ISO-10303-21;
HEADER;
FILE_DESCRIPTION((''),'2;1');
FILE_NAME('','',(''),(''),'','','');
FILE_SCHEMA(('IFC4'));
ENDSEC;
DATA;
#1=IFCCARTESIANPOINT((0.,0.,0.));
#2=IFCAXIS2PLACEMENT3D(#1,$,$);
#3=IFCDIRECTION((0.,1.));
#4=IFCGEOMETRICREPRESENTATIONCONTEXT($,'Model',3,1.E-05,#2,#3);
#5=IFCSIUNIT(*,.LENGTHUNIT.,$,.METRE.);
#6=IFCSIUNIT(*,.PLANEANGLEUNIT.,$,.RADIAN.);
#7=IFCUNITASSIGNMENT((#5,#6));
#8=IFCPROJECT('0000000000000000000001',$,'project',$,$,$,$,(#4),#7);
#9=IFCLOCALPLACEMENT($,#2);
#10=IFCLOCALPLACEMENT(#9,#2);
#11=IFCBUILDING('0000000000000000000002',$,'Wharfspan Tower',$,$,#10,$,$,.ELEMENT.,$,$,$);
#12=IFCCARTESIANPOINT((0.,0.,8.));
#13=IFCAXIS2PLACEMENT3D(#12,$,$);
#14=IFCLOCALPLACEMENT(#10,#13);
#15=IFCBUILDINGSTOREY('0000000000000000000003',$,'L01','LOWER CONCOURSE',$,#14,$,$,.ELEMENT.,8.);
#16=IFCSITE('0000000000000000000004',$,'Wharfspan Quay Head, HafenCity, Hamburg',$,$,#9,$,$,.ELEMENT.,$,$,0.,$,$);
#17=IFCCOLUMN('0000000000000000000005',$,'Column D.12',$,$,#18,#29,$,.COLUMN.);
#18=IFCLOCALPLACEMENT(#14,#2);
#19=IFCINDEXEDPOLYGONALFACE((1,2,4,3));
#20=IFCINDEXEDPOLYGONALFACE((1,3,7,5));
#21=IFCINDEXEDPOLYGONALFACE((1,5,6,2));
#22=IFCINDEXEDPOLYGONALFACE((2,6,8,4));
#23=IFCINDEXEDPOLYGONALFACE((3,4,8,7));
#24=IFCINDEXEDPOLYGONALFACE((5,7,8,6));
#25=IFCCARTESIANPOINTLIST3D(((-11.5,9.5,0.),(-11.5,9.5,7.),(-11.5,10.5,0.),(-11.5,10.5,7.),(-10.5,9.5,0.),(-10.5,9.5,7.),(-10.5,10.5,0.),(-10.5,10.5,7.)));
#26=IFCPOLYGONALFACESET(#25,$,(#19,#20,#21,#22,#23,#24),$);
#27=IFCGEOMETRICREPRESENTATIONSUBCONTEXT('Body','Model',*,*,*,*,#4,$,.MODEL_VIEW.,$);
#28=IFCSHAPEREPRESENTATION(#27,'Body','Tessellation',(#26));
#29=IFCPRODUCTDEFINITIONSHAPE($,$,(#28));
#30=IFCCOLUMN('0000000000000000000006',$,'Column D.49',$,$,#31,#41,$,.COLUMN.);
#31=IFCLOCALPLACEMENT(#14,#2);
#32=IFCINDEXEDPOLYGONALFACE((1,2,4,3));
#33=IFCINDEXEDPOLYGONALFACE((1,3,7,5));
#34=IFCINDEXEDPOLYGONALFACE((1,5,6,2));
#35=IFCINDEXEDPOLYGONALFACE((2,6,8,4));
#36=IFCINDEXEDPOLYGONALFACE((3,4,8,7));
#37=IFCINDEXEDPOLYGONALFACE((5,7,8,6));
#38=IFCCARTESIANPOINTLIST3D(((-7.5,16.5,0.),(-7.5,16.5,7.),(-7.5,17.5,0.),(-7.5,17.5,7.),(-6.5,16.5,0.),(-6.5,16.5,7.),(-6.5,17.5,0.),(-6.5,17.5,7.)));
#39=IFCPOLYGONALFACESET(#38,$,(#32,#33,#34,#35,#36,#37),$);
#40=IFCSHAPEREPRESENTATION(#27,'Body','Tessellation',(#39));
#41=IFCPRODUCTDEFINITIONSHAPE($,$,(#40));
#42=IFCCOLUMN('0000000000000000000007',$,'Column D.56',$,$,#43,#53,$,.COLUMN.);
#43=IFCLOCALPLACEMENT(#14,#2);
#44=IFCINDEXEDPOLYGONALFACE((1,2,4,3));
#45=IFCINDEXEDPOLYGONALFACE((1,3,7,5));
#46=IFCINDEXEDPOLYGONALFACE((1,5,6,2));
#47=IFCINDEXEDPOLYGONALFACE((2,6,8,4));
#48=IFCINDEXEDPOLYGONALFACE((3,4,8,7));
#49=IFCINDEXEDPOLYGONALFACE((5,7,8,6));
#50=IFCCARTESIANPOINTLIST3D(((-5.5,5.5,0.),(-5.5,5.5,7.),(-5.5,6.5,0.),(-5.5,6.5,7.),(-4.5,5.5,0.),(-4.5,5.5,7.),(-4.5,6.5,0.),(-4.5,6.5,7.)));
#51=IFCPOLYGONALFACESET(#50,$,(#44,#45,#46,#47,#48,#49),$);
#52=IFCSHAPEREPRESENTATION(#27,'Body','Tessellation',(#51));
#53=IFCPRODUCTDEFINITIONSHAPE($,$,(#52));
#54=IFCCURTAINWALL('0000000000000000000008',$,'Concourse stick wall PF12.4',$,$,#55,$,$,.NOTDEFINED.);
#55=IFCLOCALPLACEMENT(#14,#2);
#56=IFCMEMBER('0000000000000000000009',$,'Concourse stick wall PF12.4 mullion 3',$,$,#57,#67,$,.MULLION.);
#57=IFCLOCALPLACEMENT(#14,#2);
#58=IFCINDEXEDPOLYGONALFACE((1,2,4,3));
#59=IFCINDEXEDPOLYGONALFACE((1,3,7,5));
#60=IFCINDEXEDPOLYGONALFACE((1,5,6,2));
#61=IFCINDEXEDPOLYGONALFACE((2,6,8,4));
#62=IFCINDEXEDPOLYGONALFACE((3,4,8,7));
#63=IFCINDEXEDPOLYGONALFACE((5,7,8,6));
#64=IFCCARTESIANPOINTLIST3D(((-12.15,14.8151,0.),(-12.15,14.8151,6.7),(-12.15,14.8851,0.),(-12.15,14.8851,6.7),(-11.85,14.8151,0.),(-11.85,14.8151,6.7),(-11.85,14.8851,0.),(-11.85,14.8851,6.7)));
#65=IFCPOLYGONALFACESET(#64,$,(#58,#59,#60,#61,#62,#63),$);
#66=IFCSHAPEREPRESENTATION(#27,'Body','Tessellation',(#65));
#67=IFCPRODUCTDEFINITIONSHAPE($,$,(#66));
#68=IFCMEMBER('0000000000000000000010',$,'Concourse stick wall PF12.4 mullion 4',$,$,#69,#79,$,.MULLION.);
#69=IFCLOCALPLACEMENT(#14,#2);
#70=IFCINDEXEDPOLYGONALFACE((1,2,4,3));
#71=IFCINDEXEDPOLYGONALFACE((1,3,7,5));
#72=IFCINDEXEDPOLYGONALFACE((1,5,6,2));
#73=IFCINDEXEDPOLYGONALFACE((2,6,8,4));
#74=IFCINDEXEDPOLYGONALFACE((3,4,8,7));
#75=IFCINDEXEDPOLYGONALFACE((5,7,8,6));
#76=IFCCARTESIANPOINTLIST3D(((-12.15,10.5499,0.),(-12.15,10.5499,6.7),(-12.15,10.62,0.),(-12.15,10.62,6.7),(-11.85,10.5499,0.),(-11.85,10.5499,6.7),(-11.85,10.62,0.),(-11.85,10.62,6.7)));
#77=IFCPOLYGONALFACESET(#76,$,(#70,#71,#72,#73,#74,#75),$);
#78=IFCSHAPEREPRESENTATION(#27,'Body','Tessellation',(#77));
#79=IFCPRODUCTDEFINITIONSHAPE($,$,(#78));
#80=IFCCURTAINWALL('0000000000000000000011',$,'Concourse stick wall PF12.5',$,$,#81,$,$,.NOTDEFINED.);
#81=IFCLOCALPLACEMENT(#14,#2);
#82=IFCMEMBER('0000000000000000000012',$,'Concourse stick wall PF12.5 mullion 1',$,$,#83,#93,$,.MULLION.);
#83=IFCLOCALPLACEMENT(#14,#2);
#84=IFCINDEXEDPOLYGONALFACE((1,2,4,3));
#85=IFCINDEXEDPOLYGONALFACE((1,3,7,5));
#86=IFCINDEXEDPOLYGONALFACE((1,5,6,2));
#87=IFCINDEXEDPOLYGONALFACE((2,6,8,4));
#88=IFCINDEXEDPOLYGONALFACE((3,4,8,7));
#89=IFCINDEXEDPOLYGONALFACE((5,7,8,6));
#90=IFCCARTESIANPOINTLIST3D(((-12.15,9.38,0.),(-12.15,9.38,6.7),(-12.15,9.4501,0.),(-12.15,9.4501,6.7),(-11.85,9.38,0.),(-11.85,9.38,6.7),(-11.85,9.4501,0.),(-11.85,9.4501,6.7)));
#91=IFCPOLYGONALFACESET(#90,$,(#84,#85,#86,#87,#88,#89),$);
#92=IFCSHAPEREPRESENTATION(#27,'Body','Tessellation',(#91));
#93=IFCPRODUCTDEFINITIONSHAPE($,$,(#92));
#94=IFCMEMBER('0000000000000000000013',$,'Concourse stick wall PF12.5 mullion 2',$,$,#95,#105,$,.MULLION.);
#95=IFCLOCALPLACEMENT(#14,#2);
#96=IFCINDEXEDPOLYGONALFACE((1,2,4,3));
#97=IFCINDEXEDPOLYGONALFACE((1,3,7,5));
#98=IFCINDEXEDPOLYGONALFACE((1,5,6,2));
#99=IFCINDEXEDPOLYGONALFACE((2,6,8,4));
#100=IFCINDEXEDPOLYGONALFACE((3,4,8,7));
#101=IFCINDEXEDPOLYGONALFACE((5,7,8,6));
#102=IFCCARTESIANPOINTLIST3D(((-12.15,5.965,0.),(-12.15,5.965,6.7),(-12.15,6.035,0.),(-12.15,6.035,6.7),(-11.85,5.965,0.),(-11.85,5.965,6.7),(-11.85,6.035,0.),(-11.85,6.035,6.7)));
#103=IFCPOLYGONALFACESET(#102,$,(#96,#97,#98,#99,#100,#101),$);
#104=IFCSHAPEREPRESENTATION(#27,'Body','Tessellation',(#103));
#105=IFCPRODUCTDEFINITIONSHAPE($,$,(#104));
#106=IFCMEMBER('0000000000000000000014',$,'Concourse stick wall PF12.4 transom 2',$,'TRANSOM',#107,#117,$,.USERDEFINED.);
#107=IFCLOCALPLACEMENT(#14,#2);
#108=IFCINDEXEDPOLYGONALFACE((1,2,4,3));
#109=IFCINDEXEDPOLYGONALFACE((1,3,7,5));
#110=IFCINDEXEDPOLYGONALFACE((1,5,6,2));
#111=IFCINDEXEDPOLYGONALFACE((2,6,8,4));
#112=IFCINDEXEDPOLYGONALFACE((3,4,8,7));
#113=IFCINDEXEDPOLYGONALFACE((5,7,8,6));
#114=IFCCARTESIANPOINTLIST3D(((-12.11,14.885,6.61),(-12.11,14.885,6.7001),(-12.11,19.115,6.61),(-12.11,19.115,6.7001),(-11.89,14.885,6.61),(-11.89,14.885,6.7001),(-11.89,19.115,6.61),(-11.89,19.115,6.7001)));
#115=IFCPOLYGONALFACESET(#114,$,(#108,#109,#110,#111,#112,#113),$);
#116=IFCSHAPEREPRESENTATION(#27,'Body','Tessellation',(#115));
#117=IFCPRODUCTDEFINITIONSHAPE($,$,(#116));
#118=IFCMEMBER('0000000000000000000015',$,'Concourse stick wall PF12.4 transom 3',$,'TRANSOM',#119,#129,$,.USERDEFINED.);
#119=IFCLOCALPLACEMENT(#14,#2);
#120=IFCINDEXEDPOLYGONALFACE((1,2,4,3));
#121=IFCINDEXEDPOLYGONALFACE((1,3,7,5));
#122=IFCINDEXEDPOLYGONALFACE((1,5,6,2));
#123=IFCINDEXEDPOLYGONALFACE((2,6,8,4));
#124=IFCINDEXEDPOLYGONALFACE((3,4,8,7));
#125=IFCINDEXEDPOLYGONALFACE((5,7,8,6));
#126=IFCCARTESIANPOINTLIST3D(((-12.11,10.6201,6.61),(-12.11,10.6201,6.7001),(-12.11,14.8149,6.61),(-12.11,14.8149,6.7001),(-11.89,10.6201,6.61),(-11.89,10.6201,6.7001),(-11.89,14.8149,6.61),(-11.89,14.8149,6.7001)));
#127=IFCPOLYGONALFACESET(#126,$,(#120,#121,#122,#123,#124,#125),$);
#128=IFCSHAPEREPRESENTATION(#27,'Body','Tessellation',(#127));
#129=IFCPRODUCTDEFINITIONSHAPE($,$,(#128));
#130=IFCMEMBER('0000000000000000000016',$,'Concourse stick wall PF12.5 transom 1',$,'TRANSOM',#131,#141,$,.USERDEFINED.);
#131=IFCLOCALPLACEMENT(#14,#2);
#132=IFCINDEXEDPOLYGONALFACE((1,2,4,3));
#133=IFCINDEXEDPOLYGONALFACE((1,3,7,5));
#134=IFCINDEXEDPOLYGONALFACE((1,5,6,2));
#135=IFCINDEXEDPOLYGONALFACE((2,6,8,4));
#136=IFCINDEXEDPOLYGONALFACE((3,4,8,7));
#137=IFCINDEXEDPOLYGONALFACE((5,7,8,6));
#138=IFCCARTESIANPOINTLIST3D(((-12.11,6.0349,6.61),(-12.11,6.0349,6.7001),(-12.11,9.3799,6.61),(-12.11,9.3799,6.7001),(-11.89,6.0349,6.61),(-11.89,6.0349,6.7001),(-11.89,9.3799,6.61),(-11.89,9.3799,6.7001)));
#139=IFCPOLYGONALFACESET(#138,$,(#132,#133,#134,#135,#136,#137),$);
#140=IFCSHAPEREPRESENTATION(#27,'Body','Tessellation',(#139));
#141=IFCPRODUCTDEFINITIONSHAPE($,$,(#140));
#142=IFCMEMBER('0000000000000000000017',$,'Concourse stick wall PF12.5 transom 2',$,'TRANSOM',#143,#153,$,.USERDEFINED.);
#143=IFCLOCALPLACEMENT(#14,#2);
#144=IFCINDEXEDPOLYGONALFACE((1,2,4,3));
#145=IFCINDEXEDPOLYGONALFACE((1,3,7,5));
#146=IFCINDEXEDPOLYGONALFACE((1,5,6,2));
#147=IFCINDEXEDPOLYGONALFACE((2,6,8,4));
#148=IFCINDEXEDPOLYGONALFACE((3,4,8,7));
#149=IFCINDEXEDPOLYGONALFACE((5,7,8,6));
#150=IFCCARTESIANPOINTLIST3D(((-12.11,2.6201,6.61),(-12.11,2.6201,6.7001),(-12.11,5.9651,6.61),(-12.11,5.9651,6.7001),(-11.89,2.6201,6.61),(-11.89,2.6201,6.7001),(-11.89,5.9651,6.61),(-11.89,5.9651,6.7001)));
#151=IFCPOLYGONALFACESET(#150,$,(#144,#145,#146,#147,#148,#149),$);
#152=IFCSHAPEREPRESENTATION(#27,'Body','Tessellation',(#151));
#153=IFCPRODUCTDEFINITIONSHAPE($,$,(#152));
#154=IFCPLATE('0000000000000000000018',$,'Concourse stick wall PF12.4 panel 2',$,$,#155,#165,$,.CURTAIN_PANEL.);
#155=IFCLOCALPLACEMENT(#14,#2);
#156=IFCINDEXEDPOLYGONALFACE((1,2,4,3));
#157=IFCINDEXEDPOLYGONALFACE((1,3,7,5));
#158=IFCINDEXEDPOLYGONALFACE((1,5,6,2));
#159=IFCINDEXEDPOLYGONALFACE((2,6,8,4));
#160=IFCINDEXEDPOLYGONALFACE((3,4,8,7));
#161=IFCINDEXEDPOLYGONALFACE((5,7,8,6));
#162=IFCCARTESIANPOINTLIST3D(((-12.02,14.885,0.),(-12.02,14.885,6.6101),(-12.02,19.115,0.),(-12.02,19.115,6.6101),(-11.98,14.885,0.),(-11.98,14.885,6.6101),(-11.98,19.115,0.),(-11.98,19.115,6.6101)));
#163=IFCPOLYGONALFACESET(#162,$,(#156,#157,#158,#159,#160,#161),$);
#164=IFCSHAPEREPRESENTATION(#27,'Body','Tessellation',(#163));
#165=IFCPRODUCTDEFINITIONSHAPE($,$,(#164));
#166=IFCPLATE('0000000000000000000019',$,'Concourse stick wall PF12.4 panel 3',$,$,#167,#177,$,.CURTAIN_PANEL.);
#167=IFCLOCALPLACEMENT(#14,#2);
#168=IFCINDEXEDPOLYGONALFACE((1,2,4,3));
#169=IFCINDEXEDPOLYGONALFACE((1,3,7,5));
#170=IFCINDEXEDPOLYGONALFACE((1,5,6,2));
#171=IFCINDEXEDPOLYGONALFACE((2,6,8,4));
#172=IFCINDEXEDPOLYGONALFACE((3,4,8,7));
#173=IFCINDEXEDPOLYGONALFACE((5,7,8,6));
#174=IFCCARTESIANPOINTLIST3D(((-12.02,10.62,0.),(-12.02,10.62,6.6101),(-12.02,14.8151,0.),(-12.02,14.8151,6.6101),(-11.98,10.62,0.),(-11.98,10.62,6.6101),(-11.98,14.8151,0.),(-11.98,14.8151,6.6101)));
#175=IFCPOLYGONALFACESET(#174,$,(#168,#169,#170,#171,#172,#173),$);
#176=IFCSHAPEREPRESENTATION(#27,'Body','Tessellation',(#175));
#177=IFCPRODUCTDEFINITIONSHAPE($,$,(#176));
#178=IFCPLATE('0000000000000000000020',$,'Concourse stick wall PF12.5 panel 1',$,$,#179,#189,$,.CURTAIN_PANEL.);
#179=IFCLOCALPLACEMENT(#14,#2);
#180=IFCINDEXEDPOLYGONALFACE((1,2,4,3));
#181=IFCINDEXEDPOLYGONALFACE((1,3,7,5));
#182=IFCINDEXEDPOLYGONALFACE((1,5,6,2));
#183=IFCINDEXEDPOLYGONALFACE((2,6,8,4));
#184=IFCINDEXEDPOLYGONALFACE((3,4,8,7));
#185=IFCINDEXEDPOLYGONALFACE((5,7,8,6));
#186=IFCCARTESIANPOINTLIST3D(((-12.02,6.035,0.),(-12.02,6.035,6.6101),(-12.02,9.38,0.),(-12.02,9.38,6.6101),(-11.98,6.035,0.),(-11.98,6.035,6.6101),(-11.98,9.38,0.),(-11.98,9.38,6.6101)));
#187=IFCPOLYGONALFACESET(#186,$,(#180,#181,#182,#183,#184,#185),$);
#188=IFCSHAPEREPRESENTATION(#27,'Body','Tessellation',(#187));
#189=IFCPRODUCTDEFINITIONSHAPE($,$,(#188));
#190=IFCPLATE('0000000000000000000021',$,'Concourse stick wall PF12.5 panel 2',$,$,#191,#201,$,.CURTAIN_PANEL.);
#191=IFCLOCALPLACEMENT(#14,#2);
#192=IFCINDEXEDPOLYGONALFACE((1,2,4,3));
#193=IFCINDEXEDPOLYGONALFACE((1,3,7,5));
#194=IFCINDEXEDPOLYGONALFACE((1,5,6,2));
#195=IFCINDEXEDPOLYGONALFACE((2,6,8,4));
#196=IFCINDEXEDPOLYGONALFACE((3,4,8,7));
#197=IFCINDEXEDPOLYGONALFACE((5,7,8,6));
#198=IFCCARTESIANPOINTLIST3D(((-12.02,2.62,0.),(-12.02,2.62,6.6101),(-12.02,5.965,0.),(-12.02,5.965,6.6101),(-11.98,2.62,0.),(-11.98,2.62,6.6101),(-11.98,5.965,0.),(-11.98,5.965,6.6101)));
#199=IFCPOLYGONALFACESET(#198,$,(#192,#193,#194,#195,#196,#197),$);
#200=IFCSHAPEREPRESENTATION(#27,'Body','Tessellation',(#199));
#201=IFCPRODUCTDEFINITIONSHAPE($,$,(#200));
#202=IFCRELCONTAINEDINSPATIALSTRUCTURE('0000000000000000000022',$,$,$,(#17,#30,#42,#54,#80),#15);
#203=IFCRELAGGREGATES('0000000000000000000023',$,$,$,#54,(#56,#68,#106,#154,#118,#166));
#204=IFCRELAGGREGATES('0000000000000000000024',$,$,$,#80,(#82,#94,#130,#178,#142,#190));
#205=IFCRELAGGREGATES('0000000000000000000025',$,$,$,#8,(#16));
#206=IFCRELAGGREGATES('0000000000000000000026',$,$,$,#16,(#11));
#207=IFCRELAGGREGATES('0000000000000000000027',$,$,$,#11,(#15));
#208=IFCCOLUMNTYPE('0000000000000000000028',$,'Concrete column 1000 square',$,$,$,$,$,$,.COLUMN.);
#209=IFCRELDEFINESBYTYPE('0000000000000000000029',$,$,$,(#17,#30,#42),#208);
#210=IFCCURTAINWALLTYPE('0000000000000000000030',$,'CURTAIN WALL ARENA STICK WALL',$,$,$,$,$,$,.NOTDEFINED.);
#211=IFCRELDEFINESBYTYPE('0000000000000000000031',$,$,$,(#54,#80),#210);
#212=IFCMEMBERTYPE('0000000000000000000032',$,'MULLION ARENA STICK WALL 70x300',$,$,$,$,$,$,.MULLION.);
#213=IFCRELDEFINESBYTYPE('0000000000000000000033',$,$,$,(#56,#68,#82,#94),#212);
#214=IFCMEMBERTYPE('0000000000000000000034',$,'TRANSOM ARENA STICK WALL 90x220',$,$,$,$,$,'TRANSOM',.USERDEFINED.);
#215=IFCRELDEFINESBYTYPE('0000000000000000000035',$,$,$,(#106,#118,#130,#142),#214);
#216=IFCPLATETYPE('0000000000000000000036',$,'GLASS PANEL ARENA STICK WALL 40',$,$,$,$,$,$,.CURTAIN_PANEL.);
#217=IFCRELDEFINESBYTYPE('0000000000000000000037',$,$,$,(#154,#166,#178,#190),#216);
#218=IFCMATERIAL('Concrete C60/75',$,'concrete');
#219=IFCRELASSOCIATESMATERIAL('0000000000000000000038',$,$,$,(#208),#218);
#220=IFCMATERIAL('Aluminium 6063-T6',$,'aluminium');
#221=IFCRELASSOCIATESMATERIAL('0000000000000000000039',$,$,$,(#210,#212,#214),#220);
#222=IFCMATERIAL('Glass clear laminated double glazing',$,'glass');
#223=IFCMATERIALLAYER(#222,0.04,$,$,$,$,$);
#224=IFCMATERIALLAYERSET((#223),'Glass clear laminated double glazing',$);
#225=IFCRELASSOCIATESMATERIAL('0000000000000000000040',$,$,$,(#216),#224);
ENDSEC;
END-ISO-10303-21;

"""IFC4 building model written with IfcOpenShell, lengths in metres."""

from ifc_helpers import new_model, si_unit, direction, frame, origin, origin_2d, place, context, subcontext, project, spatial, rectangle, extrude, material, layer, layer_set, material_profile, profile_set, type_object, element, aggregate, save


model = new_model("IFC4")

# Units and contexts
model_context = context("Model", 3, precision=1e-05, world=origin(), true_north=direction((0.0, 1.0)))
body_context = subcontext(model_context, "Body", "Model", "MODEL_VIEW")
ifc_project = project(units=[si_unit("LENGTHUNIT", "METRE"), si_unit("PLANEANGLEUNIT", "RADIAN")], contexts=[model_context])

# Site, building, storey
site_placement = place(None, origin())
site = spatial("IfcSite", under=ifc_project, at=site_placement, Name="Wharfspan Quay Head, HafenCity, Hamburg", CompositionType="ELEMENT", RefElevation=0.0)
building_placement = place(site_placement, origin())
building = spatial("IfcBuilding", under=site, at=building_placement, Name="Wharfspan Tower", CompositionType="ELEMENT")
storey_placement = place(building_placement, frame((0.0, 0.0, 8.0)))
storey = spatial("IfcBuildingStorey", under=building, at=storey_placement, Name="L01", Description="LOWER CONCOURSE", CompositionType="ELEMENT", Elevation=8.0)

# Columns
ifc_material_1 = material(Name="Concrete C60/75", Category="concrete")
ifc_material_profile_1 = material_profile(ifc_material_1, rectangle(XDim=1.0, YDim=1.0, at=origin_2d()))
ifc_profile_set_1 = profile_set([ifc_material_profile_1], Name="Concrete C60/75")
column_type = type_object("IfcColumnType", Name="Concrete column 1000 square", PredefinedType="COLUMN", material=ifc_profile_set_1)
for number, where, z_axis, x_axis, name in (
    (1, (-11.0, 10.0, 0.0), (0.0, 0.0, 1.0), (1.0, 0.0, 0.0), "Column D.12"),
    (2, (-7.0, 17.0, 0.0), (0.0, 0.0, 1.0), (1.0, 0.0, 0.0), "Column D.49"),
    (3, (-5.0, 6.0, 0.0), (0.0, 0.0, 1.0), (1.0, 0.0, 0.0), "Column D.56"),
):
    element("IfcColumn", number, at=place(storey_placement, frame(where, z_axis=z_axis, x_axis=x_axis)), inside=storey, type_object=column_type, Name=name, PredefinedType="COLUMN", context=body_context, shape_type="SweptSolid", body=[
        extrude(rectangle(XDim=1.0, YDim=1.0, at=origin_2d()), origin(), (0.0, 0.0, 1.0), 7.0),
    ])

# Curtain walls, members
ifc_material_2 = material(Name="Aluminium 6063-T6", Category="aluminium")
curtain_wall_type = type_object("IfcCurtainWallType", Name="CURTAIN WALL ARENA STICK WALL", PredefinedType="NOTDEFINED", material=ifc_material_2)
curtain_wall_1_placement = place(storey_placement, origin())
curtain_wall_1 = element("IfcCurtainWall", 4, at=curtain_wall_1_placement, inside=storey, type_object=curtain_wall_type, Name="Concourse stick wall PF12.4", PredefinedType="NOTDEFINED")
ifc_material_profile_2 = material_profile(ifc_material_2, rectangle(XDim=0.3, YDim=0.0701, at=origin_2d()))
ifc_profile_set_2 = profile_set([ifc_material_profile_2], Name="Aluminium 6063-T6")
member_type_1 = type_object("IfcMemberType", Name="MULLION ARENA STICK WALL 70x300", PredefinedType="MULLION", material=ifc_profile_set_2)
member_1_placement = place(storey_placement, frame((-12.0, 14.8501, 0.0), z_axis=(0.0, 0.0, 1.0), x_axis=(1.0, 0.0, 0.0)))
member_1 = element("IfcMember", 5, at=member_1_placement, type_object=member_type_1, Name="Concourse stick wall PF12.4 mullion 3", PredefinedType="MULLION", context=body_context, shape_type="SweptSolid", body=[
    extrude(rectangle(XDim=0.3, YDim=0.0701, at=origin_2d()), origin(), (0.0, 0.0, 1.0), 6.7),
])
member_2_placement = place(storey_placement, frame((-12.0, 10.585, 0.0), z_axis=(0.0, 0.0, 1.0), x_axis=(1.0, 0.0, 0.0)))
member_2 = element("IfcMember", 6, at=member_2_placement, type_object=member_type_1, Name="Concourse stick wall PF12.4 mullion 4", PredefinedType="MULLION", context=body_context, shape_type="SweptSolid", body=[
    extrude(rectangle(XDim=0.3, YDim=0.0701, at=origin_2d()), origin(), (0.0, 0.0, 1.0), 6.7),
])
curtain_wall_2_placement = place(storey_placement, origin())
curtain_wall_2 = element("IfcCurtainWall", 7, at=curtain_wall_2_placement, inside=storey, type_object=curtain_wall_type, Name="Concourse stick wall PF12.5", PredefinedType="NOTDEFINED")
member_3_placement = place(storey_placement, frame((-12.0, 9.415, 0.0), z_axis=(0.0, 0.0, 1.0), x_axis=(1.0, 0.0, 0.0)))
member_3 = element("IfcMember", 8, at=member_3_placement, type_object=member_type_1, Name="Concourse stick wall PF12.5 mullion 1", PredefinedType="MULLION", context=body_context, shape_type="SweptSolid", body=[
    extrude(rectangle(XDim=0.3, YDim=0.0701, at=origin_2d()), origin(), (0.0, 0.0, 1.0), 6.7),
])
member_4_placement = place(storey_placement, frame((-12.0, 6.0, 0.0), z_axis=(0.0, 0.0, 1.0), x_axis=(1.0, 0.0, 0.0)))
member_4 = element("IfcMember", 9, at=member_4_placement, type_object=member_type_1, Name="Concourse stick wall PF12.5 mullion 2", PredefinedType="MULLION", context=body_context, shape_type="SweptSolid", body=[
    extrude(rectangle(XDim=0.3, YDim=0.0701, at=origin_2d()), origin(), (0.0, 0.0, 1.0), 6.7),
])

# Members
ifc_material_profile_3 = material_profile(ifc_material_2, rectangle(XDim=0.22, YDim=0.0901, at=origin_2d()))
ifc_profile_set_3 = profile_set([ifc_material_profile_3], Name="Aluminium 6063-T6")
member_type_2 = type_object("IfcMemberType", Name="TRANSOM ARENA STICK WALL 90x220", ElementType="TRANSOM", PredefinedType="USERDEFINED", material=ifc_profile_set_3)
member_5_placement = place(storey_placement, frame((-12.0, 19.115, 6.655), z_axis=(0.0, -1.0, 0.0), x_axis=(1.0, 0.0, 0.0)))
member_5 = element("IfcMember", 10, at=member_5_placement, type_object=member_type_2, Name="Concourse stick wall PF12.4 transom 2", ObjectType="TRANSOM", PredefinedType="USERDEFINED", context=body_context, shape_type="SweptSolid", body=[
    extrude(rectangle(XDim=0.22, YDim=0.0901, at=origin_2d()), origin(), (0.0, 0.0, 1.0), 4.23),
])
member_6_placement = place(storey_placement, frame((-12.0, 14.8149, 6.655), z_axis=(0.0, -1.0, 0.0), x_axis=(1.0, 0.0, 0.0)))
member_6 = element("IfcMember", 11, at=member_6_placement, type_object=member_type_2, Name="Concourse stick wall PF12.4 transom 3", ObjectType="TRANSOM", PredefinedType="USERDEFINED", context=body_context, shape_type="SweptSolid", body=[
    extrude(rectangle(XDim=0.22, YDim=0.0901, at=origin_2d()), origin(), (0.0, 0.0, 1.0), 4.1948),
])
member_7_placement = place(storey_placement, frame((-12.0, 9.3799, 6.655), z_axis=(0.0, -1.0, 0.0), x_axis=(1.0, 0.0, 0.0)))
member_7 = element("IfcMember", 12, at=member_7_placement, type_object=member_type_2, Name="Concourse stick wall PF12.5 transom 1", ObjectType="TRANSOM", PredefinedType="USERDEFINED", context=body_context, shape_type="SweptSolid", body=[
    extrude(rectangle(XDim=0.22, YDim=0.0901, at=origin_2d()), origin(), (0.0, 0.0, 1.0), 3.345),
])
member_8_placement = place(storey_placement, frame((-12.0, 5.9651, 6.655), z_axis=(0.0, -1.0, 0.0), x_axis=(1.0, 0.0, 0.0)))
member_8 = element("IfcMember", 13, at=member_8_placement, type_object=member_type_2, Name="Concourse stick wall PF12.5 transom 2", ObjectType="TRANSOM", PredefinedType="USERDEFINED", context=body_context, shape_type="SweptSolid", body=[
    extrude(rectangle(XDim=0.22, YDim=0.0901, at=origin_2d()), origin(), (0.0, 0.0, 1.0), 3.345),
])

# Plates
ifc_material_3 = material(Name="Glass clear laminated double glazing", Category="glass")
ifc_layer_1 = layer(ifc_material_3, 0.04)
ifc_layer_set_1 = layer_set([ifc_layer_1], Name="Glass clear laminated double glazing")
plate_type = type_object("IfcPlateType", Name="GLASS PANEL ARENA STICK WALL 40", PredefinedType="CURTAIN_PANEL", material=ifc_layer_set_1)
plate_1_placement = place(storey_placement, frame((-12.0, 17.0, 0.0), z_axis=(0.0, 0.0, 1.0), x_axis=(0.0, -1.0, 0.0)))
plate_1 = element("IfcPlate", 14, at=plate_1_placement, type_object=plate_type, Name="Concourse stick wall PF12.4 panel 2", PredefinedType="CURTAIN_PANEL", context=body_context, shape_type="SweptSolid", body=[
    extrude(rectangle(XDim=4.23, YDim=0.04, at=origin_2d()), origin(), (0.0, 0.0, 1.0), 6.6101),
])
plate_2_placement = place(storey_placement, frame((-12.0, 12.7175, 0.0), z_axis=(0.0, 0.0, 1.0), x_axis=(0.0, -1.0, 0.0)))
plate_2 = element("IfcPlate", 15, at=plate_2_placement, type_object=plate_type, Name="Concourse stick wall PF12.4 panel 3", PredefinedType="CURTAIN_PANEL", context=body_context, shape_type="SweptSolid", body=[
    extrude(rectangle(XDim=4.1951, YDim=0.04, at=origin_2d()), origin(), (0.0, 0.0, 1.0), 6.6101),
])
aggregate(curtain_wall_1, [member_1, member_2, member_5, plate_1, member_6, plate_2])
plate_3_placement = place(storey_placement, frame((-12.0, 7.7075, 0.0), z_axis=(0.0, 0.0, 1.0), x_axis=(0.0, -1.0, 0.0)))
plate_3 = element("IfcPlate", 16, at=plate_3_placement, type_object=plate_type, Name="Concourse stick wall PF12.5 panel 1", PredefinedType="CURTAIN_PANEL", context=body_context, shape_type="SweptSolid", body=[
    extrude(rectangle(XDim=3.345, YDim=0.04, at=origin_2d()), origin(), (0.0, 0.0, 1.0), 6.6101),
])
plate_4_placement = place(storey_placement, frame((-12.0, 4.2925, 0.0), z_axis=(0.0, 0.0, 1.0), x_axis=(0.0, -1.0, 0.0)))
plate_4 = element("IfcPlate", 17, at=plate_4_placement, type_object=plate_type, Name="Concourse stick wall PF12.5 panel 2", PredefinedType="CURTAIN_PANEL", context=body_context, shape_type="SweptSolid", body=[
    extrude(rectangle(XDim=3.345, YDim=0.04, at=origin_2d()), origin(), (0.0, 0.0, 1.0), 6.6101),
])
aggregate(curtain_wall_2, [member_3, member_4, member_7, plate_3, member_8, plate_4])

save(model, "model.ifc")
